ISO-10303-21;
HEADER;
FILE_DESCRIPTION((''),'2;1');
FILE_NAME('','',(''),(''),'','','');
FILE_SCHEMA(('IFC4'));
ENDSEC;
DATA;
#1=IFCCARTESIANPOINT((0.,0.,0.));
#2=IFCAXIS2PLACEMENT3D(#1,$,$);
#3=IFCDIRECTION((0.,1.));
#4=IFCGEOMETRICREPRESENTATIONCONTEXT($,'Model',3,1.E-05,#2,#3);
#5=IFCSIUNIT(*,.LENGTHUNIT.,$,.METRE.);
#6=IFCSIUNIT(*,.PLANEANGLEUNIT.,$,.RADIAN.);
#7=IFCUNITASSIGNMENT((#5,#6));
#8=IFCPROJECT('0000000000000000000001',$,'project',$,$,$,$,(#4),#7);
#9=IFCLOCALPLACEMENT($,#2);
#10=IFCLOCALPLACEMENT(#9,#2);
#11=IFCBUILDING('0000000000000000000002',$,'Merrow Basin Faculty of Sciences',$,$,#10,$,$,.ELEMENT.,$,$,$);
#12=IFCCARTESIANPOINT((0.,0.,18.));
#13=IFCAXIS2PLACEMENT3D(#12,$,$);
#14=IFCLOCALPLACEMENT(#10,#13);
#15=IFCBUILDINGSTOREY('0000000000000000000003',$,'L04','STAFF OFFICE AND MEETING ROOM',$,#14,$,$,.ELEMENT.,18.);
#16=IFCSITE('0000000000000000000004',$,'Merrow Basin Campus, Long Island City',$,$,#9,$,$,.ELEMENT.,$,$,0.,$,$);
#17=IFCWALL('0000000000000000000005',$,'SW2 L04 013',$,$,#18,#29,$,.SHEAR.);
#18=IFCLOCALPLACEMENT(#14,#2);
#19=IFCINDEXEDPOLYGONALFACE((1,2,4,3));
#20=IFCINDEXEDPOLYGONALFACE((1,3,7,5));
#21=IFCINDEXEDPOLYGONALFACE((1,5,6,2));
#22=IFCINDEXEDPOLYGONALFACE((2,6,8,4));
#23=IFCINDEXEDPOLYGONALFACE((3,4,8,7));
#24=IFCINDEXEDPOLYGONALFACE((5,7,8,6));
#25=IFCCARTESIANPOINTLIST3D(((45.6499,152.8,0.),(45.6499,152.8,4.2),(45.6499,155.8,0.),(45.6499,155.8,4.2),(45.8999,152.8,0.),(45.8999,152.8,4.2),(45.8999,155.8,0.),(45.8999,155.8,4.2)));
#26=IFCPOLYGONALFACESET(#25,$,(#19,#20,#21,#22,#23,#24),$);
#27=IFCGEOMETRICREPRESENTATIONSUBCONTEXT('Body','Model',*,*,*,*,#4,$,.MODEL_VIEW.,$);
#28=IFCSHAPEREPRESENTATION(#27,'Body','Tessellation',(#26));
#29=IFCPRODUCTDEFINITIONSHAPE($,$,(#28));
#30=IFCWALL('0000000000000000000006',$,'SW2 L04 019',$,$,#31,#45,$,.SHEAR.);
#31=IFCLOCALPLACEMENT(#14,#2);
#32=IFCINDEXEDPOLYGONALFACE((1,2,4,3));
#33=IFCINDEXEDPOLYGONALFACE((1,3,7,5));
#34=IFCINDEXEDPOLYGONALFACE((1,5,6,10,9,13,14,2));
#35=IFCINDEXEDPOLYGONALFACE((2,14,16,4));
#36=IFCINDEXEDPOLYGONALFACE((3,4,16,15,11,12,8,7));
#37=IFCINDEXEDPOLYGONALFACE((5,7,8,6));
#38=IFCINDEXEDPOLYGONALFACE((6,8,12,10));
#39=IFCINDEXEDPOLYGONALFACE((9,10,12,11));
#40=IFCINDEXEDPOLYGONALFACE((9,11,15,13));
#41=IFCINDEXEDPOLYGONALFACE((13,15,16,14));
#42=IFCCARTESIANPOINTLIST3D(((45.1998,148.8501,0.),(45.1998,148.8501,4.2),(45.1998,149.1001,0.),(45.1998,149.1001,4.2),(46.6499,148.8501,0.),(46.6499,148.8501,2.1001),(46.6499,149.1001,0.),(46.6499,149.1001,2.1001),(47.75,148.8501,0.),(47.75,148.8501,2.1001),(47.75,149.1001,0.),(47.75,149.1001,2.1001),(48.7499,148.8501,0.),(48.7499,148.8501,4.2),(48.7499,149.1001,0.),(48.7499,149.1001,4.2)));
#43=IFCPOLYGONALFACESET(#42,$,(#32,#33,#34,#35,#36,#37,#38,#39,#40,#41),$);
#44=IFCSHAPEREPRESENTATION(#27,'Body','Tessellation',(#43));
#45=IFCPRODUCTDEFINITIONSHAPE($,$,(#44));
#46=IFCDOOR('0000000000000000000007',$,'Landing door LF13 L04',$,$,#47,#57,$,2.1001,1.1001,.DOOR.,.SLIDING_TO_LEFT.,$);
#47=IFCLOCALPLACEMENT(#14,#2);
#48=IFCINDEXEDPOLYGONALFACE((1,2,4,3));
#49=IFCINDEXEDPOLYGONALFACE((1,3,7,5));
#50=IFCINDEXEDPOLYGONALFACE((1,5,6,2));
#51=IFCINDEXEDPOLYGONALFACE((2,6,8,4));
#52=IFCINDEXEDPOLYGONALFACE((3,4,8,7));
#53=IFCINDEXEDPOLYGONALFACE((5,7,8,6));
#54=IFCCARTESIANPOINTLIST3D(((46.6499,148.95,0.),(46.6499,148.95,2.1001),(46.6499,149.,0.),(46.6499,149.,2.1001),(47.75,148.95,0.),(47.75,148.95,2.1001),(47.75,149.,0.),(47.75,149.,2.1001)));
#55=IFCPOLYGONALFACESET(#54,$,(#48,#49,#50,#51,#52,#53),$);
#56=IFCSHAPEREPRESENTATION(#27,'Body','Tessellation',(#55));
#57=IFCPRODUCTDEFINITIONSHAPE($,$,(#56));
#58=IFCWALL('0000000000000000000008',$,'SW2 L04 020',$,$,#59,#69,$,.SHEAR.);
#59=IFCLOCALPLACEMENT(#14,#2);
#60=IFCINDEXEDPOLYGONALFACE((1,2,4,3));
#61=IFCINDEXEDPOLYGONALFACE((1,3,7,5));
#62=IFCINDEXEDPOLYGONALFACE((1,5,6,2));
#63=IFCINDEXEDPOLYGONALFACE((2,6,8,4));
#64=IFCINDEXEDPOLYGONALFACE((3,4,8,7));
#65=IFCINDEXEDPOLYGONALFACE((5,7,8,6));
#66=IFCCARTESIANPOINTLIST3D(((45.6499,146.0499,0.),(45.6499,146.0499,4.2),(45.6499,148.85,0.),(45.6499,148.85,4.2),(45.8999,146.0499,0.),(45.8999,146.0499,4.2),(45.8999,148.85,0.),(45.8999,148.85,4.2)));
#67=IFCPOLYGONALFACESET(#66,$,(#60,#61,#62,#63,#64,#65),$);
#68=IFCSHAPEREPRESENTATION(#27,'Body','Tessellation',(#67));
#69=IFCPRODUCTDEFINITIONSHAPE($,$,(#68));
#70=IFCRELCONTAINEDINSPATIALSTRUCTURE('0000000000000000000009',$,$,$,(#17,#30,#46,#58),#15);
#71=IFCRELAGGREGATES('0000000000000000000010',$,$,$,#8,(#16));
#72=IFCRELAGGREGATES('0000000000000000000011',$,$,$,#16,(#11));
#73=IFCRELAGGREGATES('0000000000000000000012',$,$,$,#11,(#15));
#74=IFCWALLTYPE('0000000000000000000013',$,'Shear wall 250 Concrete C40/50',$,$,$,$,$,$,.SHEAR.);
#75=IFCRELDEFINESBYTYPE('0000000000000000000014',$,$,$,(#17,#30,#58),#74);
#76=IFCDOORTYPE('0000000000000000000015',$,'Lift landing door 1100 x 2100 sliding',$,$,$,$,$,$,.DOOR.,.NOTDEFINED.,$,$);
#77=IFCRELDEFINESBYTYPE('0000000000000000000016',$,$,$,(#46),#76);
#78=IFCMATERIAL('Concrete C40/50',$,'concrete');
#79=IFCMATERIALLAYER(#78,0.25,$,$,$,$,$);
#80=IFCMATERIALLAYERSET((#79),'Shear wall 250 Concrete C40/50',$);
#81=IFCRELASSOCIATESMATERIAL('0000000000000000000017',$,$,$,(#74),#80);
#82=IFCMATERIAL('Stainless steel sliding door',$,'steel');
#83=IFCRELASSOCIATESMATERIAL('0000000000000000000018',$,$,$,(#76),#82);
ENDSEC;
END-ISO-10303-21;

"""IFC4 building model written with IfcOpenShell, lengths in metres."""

from ifc_helpers import new_model, si_unit, direction, frame, frame_2d, origin, place, context, subcontext, project, spatial, rectangle, extrude, material, layer, layer_set, type_object, element, fill, save


model = new_model("IFC4")

# Units and contexts
model_context = context("Model", 3, precision=1e-05, world=origin(), true_north=direction((0.0, 1.0)))
body_context = subcontext(model_context, "Body", "Model", "MODEL_VIEW")
ifc_project = project(units=[si_unit("LENGTHUNIT", "METRE"), si_unit("PLANEANGLEUNIT", "RADIAN")], contexts=[model_context])

# Site, building, storey
site_placement = place(None, origin())
site = spatial("IfcSite", under=ifc_project, at=site_placement, Name="Merrow Basin Campus, Long Island City", CompositionType="ELEMENT", RefElevation=0.0)
building_placement = place(site_placement, origin())
building = spatial("IfcBuilding", under=site, at=building_placement, Name="Merrow Basin Faculty of Sciences", CompositionType="ELEMENT")
storey_placement = place(building_placement, frame((0.0, 0.0, 18.0)))
storey = spatial("IfcBuildingStorey", under=building, at=storey_placement, Name="L04", Description="STAFF OFFICE AND MEETING ROOM", CompositionType="ELEMENT", Elevation=18.0)

# Shared definitions
ifc_material_1 = material(Name="Concrete C40/50", Category="concrete")
ifc_layer_1 = layer(ifc_material_1, 0.25)
ifc_layer_set_1 = layer_set([ifc_layer_1], Name="Shear wall 250 Concrete C40/50")
wall_type_1 = type_object("IfcWallType", Name="Shear wall 250 Concrete C40/50", PredefinedType="SHEAR", material=ifc_layer_set_1)

# Shared definitions
ifc_material_2 = material(Name="Stainless steel sliding door", Category="steel")
door_type_1 = type_object("IfcDoorType", Name="Lift landing door 1100 x 2100 sliding", OperationType="NOTDEFINED", PredefinedType="DOOR", material=ifc_material_2)

# Wall
wall_1_placement = place(storey_placement, frame((45.7749, 152.8, 0.0), z_axis=(0.0, 0.0, 1.0), x_axis=(0.0, 1.0, 0.0)))
element("IfcWall", 1, at=wall_1_placement, inside=storey, type_object=wall_type_1, Name="SW2 L04 013", PredefinedType="SHEAR", context=body_context, shape_type="SweptSolid", body=[
    extrude(rectangle(XDim=3.0, YDim=0.25, at=frame_2d((1.5, 0.0))), origin(), (0.0, 0.0, 1.0), 4.2),
])

# Wall, opening, door
wall_2_placement = place(storey_placement, frame((45.2, 148.9751, 0.0), z_axis=(0.0, 0.0, 1.0), x_axis=(1.0, 0.0, 0.0)))
wall_2 = element("IfcWall", 2, at=wall_2_placement, inside=storey, type_object=wall_type_1, Name="SW2 L04 019", PredefinedType="SHEAR", context=body_context, shape_type="SweptSolid", body=[
    extrude(rectangle(XDim=3.55, YDim=0.25, at=frame_2d((1.7749, 0.0))), origin(), (0.0, 0.0, 1.0), 4.2),
])
opening_1_placement = place(wall_2_placement, frame((1.45, 0.0, 0.0)))
opening_1 = element("IfcOpeningElement", 3, at=opening_1_placement, cuts=wall_2, PredefinedType="OPENING", context=body_context, shape_type="SweptSolid", body=[
    extrude(rectangle(XDim=1.1001, YDim=2.1001, at=frame_2d((0.55, 1.05))), frame((0.0, 0.135, 0.0), z_axis=(0.0, -1.0, 0.0), x_axis=(1.0, 0.0, 0.0)), (0.0, 0.0, 1.0), 0.27),
])
door_1_placement = place(opening_1_placement, origin())
door_1 = element("IfcDoor", 4, at=door_1_placement, inside=storey, type_object=door_type_1, Name="Landing door LF13 L04", OperationType="SLIDING_TO_LEFT", OverallHeight=2.1001, OverallWidth=1.1001, PredefinedType="DOOR", context=body_context, shape_type="SweptSolid", body=[
    extrude(rectangle(XDim=1.1001, YDim=2.1001, at=frame_2d((0.55, 1.05))), frame((0.0, 0.0249, 0.0), z_axis=(0.0, -1.0, 0.0), x_axis=(1.0, 0.0, 0.0)), (0.0, 0.0, 1.0), 0.05),
])
fill(opening_1, door_1)

# Wall
wall_3_placement = place(storey_placement, frame((45.7749, 146.05, 0.0), z_axis=(0.0, 0.0, 1.0), x_axis=(0.0, 1.0, 0.0)))
element("IfcWall", 5, at=wall_3_placement, inside=storey, type_object=wall_type_1, Name="SW2 L04 020", PredefinedType="SHEAR", context=body_context, shape_type="SweptSolid", body=[
    extrude(rectangle(XDim=2.8, YDim=0.25, at=frame_2d((1.3999, 0.0))), origin(), (0.0, 0.0, 1.0), 4.2),
])

save(model, "model.ifc")
